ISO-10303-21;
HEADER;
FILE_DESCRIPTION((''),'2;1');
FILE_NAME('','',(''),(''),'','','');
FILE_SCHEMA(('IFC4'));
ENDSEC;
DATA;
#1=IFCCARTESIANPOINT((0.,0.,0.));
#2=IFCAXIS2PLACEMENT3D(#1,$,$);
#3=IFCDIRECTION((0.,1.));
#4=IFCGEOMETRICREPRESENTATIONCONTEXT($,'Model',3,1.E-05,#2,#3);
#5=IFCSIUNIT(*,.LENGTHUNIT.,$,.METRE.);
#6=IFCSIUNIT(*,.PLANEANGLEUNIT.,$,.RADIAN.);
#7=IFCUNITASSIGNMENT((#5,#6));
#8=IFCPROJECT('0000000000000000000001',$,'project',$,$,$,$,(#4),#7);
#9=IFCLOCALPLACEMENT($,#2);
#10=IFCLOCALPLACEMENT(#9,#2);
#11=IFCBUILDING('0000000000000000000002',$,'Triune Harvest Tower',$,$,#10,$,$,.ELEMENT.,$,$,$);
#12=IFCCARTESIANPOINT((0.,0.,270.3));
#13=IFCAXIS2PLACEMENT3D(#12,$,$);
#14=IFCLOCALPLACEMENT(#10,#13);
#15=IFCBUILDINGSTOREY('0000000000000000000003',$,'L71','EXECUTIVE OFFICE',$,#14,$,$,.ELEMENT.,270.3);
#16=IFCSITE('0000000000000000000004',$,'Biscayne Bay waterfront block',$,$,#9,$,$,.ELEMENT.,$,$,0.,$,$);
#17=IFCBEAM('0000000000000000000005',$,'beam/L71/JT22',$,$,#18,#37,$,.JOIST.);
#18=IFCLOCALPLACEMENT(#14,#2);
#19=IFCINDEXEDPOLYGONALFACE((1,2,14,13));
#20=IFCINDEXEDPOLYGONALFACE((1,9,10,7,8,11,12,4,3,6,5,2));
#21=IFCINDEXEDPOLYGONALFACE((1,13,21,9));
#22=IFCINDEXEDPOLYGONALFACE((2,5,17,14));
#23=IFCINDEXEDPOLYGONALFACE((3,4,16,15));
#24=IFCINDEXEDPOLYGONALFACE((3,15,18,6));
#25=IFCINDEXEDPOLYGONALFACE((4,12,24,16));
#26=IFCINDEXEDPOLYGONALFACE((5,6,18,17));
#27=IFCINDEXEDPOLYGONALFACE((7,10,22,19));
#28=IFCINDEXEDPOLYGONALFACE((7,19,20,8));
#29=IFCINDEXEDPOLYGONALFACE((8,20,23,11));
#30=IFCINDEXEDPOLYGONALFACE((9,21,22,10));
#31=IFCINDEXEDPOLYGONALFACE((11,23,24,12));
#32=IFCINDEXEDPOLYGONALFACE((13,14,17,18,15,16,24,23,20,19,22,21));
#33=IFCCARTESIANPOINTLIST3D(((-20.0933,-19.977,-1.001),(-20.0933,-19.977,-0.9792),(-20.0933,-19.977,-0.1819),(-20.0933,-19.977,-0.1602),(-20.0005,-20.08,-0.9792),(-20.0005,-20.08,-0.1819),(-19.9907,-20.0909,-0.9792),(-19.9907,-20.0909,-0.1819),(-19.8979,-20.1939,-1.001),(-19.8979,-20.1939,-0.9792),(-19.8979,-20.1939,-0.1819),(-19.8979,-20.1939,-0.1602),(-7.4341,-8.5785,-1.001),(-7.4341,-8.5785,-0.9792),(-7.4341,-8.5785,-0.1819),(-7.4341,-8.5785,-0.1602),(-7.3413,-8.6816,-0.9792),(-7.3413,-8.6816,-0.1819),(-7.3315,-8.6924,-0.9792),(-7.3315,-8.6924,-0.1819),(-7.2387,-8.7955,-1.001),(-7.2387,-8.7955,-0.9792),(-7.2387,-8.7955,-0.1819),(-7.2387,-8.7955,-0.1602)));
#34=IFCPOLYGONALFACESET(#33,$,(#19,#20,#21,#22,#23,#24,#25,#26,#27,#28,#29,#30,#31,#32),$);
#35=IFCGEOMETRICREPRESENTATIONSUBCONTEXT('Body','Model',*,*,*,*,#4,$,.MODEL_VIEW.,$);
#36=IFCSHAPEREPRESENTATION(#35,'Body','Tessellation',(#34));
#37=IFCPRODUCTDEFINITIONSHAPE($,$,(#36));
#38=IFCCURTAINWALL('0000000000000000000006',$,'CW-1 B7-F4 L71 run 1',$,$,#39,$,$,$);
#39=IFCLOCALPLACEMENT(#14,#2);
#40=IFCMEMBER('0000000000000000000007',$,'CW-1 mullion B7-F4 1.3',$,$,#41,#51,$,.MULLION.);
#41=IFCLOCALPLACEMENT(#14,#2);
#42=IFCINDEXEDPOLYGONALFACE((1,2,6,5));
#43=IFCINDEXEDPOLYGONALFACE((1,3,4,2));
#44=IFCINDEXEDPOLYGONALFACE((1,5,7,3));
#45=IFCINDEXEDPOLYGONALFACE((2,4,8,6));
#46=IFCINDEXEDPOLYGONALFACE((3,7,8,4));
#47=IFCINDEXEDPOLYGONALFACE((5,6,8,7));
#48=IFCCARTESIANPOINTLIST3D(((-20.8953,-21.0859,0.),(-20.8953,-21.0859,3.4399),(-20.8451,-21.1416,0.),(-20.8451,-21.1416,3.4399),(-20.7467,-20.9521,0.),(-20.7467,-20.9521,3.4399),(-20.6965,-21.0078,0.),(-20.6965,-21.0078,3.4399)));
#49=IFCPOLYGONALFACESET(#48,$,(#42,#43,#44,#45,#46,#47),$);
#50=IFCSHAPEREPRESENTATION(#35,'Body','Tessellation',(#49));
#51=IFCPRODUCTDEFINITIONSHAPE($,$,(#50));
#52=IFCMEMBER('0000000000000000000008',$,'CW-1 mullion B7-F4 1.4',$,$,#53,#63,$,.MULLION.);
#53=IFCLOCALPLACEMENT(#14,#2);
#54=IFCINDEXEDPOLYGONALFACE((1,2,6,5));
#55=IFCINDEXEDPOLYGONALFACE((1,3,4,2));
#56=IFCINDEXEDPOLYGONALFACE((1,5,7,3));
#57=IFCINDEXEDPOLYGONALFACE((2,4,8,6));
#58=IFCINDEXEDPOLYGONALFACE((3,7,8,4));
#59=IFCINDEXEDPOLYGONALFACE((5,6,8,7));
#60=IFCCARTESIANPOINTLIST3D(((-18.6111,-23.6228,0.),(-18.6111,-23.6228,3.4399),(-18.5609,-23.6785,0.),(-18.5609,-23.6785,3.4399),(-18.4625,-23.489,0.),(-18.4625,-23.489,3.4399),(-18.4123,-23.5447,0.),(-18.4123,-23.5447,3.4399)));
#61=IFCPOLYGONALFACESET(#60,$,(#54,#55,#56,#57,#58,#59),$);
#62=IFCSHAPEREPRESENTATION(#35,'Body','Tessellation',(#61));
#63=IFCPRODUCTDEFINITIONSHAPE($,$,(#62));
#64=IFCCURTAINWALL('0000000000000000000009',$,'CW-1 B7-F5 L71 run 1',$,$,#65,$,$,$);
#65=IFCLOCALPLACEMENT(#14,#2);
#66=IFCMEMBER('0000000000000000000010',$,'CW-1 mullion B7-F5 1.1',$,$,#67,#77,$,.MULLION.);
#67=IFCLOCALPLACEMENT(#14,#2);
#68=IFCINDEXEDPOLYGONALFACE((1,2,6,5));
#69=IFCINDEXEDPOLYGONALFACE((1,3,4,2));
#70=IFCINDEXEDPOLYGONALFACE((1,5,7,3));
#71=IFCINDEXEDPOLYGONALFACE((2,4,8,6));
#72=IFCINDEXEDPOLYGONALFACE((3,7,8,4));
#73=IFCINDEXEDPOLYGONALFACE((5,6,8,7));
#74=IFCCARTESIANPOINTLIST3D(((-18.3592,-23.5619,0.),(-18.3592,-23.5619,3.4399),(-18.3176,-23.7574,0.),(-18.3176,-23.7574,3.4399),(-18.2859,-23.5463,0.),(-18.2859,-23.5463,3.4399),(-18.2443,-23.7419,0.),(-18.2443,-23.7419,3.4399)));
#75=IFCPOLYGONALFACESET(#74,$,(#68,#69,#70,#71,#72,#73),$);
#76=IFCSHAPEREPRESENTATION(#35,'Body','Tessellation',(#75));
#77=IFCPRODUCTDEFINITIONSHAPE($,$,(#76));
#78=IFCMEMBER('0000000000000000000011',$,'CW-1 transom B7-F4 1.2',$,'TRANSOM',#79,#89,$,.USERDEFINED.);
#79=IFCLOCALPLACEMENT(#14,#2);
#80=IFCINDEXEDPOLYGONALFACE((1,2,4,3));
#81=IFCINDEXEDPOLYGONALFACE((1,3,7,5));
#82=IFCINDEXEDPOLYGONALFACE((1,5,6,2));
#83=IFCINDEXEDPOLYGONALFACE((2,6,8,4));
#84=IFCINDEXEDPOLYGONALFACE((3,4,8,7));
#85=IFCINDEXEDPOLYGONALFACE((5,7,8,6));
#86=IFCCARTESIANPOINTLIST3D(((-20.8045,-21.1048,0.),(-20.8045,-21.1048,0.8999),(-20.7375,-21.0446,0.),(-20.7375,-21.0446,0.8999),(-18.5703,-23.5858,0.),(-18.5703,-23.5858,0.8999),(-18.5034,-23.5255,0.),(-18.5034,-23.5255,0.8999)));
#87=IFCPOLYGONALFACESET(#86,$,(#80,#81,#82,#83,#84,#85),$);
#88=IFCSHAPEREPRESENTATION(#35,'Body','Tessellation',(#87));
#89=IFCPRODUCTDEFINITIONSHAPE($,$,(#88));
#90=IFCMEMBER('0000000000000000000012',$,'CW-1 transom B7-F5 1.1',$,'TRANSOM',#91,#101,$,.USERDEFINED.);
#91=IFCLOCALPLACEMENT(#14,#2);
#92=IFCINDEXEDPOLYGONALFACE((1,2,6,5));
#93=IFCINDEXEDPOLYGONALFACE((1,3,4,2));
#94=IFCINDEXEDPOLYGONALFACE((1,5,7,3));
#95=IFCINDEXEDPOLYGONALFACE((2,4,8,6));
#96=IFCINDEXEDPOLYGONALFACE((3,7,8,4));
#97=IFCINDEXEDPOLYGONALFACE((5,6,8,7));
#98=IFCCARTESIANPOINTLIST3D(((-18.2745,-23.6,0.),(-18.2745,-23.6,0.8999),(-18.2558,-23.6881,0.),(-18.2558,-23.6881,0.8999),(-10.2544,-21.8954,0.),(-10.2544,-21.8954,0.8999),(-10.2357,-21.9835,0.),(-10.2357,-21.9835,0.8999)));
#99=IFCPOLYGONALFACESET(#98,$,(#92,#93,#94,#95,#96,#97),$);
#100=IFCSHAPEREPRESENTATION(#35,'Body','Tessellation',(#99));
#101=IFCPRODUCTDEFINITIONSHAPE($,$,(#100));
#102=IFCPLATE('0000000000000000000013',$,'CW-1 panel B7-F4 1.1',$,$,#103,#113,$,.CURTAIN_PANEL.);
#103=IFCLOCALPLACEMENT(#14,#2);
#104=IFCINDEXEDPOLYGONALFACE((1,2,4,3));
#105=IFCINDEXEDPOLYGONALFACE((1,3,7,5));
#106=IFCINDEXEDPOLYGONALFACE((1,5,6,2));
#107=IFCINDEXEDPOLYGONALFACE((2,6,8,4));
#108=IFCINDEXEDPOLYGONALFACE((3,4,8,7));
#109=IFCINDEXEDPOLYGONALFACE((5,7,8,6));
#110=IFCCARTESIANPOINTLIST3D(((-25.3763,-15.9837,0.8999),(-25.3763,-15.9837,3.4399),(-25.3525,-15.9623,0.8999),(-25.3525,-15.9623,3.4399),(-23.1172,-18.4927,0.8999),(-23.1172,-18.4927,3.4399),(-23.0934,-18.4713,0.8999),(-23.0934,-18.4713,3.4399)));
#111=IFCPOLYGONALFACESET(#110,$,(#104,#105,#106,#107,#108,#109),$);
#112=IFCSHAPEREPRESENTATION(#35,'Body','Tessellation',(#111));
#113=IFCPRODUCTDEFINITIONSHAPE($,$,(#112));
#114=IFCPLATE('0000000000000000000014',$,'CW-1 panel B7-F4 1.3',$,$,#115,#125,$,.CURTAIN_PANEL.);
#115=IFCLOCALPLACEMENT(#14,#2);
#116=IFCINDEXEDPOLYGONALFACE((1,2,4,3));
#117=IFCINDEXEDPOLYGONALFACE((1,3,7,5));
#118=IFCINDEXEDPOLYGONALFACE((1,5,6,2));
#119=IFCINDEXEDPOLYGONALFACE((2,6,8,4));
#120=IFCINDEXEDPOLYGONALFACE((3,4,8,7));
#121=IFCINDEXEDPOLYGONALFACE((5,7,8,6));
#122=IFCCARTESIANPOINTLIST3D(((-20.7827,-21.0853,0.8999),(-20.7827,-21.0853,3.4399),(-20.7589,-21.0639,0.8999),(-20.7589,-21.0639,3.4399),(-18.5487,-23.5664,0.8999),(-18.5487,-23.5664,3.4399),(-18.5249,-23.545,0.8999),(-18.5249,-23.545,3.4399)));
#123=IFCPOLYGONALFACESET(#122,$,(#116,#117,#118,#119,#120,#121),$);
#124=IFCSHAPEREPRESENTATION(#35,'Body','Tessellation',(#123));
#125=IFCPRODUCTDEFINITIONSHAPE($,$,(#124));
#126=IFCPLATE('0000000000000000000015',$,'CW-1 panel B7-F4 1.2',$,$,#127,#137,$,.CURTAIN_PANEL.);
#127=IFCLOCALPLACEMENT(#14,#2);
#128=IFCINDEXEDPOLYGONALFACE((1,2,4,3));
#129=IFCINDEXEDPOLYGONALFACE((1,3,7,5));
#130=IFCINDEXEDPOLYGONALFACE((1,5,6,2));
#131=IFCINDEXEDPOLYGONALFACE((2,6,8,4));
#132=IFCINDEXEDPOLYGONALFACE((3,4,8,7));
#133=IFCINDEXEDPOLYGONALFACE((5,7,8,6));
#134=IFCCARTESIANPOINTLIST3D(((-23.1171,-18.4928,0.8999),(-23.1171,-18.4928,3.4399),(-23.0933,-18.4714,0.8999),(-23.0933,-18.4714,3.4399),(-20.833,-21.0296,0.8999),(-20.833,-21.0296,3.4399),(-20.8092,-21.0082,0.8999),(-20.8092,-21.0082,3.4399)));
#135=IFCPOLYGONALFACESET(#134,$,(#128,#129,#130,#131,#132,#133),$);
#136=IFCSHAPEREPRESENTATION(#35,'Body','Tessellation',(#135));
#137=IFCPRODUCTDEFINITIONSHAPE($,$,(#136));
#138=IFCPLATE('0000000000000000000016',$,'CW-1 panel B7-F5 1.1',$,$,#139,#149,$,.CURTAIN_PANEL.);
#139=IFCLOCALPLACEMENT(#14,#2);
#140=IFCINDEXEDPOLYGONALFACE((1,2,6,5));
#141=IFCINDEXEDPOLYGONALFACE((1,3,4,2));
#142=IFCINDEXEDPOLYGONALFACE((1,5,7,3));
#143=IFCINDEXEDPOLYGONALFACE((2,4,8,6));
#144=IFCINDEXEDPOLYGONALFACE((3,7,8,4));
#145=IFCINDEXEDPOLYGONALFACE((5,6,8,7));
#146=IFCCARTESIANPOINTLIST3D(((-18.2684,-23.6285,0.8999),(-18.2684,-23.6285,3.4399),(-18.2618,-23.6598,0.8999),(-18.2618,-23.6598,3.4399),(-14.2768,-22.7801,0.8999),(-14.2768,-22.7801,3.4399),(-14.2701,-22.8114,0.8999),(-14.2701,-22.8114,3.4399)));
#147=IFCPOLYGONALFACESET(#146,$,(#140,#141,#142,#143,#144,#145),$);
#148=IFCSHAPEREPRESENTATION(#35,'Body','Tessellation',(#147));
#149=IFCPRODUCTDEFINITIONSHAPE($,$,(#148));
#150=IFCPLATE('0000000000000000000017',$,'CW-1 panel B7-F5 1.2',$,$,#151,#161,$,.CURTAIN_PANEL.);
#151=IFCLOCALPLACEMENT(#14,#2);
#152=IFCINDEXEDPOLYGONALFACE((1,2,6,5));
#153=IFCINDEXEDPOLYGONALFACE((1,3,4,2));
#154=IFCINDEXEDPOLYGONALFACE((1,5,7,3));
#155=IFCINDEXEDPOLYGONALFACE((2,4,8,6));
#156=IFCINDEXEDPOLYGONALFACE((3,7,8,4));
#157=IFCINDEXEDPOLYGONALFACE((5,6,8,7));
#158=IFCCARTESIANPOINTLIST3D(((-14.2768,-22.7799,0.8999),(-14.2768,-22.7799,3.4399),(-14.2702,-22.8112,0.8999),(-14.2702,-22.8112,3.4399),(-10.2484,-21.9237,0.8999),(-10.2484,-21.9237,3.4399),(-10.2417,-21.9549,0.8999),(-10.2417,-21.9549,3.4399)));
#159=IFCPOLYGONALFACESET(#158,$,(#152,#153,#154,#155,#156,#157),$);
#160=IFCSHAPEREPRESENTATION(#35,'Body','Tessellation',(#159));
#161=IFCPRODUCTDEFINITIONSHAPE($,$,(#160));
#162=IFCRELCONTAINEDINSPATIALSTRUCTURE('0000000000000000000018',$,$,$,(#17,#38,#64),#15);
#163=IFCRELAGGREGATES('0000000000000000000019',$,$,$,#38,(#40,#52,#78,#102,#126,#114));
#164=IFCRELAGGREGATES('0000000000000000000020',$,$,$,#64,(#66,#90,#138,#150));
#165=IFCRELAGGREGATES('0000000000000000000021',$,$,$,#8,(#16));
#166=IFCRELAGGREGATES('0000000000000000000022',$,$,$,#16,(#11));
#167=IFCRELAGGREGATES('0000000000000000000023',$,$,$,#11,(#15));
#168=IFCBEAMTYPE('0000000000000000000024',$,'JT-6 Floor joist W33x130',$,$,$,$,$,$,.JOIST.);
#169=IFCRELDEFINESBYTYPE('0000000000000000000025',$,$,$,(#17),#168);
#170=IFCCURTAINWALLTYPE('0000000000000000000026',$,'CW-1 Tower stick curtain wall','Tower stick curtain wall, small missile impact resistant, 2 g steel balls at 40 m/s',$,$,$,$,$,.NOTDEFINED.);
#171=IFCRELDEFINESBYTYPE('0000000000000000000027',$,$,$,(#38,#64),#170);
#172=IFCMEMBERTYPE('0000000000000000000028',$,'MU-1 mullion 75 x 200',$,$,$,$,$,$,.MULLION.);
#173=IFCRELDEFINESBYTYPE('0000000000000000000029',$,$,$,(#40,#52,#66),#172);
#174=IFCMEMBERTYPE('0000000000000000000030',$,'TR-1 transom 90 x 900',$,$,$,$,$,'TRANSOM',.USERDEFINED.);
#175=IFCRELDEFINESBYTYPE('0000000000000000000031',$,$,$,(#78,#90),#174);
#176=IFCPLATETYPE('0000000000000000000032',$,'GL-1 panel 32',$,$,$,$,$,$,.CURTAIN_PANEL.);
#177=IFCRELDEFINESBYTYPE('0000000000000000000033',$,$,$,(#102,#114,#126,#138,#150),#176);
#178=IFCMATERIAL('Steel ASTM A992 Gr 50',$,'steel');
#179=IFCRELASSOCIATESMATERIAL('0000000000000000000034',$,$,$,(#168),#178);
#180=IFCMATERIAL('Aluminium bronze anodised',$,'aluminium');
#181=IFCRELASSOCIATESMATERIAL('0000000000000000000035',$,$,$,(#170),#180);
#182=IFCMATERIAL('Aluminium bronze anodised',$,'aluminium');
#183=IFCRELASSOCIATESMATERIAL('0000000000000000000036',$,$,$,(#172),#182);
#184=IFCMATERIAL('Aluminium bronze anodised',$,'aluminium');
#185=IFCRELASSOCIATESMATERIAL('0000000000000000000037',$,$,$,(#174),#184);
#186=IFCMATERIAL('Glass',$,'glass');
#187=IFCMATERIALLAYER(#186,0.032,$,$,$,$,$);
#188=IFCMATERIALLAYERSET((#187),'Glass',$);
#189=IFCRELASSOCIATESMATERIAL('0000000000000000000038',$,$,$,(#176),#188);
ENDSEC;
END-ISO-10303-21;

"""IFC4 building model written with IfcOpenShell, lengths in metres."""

from ifc_helpers import new_model, si_unit, direction, frame, origin, origin_2d, place, context, subcontext, project, spatial, rectangle, i_section, extrude, source, transform, mapped, material, layer, layer_set, material_profile, profile_set, type_object, element, aggregate, save


model = new_model("IFC4")

# Units and contexts
model_context = context("Model", 3, precision=1e-05, world=origin(), true_north=direction((0.0, 1.0)))
body_context = subcontext(model_context, "Body", "Model", "MODEL_VIEW")
ifc_project = project(units=[si_unit("LENGTHUNIT", "METRE"), si_unit("PLANEANGLEUNIT", "RADIAN")], contexts=[model_context])

# Site, building, storey
site_placement = place(None, origin())
site = spatial("IfcSite", under=ifc_project, at=site_placement, Name="Biscayne Bay waterfront block", CompositionType="ELEMENT", RefElevation=0.0)
building_placement = place(site_placement, origin())
building = spatial("IfcBuilding", under=site, at=building_placement, Name="Triune Harvest Tower", CompositionType="ELEMENT")
storey_placement = place(building_placement, frame((0.0, 0.0, 270.3)))
storey = spatial("IfcBuildingStorey", under=building, at=storey_placement, Name="L71", Description="EXECUTIVE OFFICE", CompositionType="ELEMENT", Elevation=270.3)

# Beam
ifc_material_1 = material(Name="Steel ASTM A992 Gr 50", Category="steel")
ifc_material_profile_1 = material_profile(ifc_material_1, i_section(OverallWidth=0.292, OverallDepth=0.8408, WebThickness=0.0146, FlangeThickness=0.0217, at=origin_2d()), Name="W33x130")
ifc_profile_set_1 = profile_set([ifc_material_profile_1], Name="Steel ASTM A992 Gr 50")
beam_type_1 = type_object("IfcBeamType", Name="JT-6 Floor joist W33x130", PredefinedType="JOIST", material=ifc_profile_set_1)
shared_shape_1 = source(origin(), body_context, "Body", "SweptSolid", [
    extrude(i_section(OverallWidth=0.292, OverallDepth=0.8408, WebThickness=0.0146, FlangeThickness=0.0217, at=origin_2d()), origin(), (0.0, 0.0, 1.0), 17.0347),
])
beam_1_placement = place(storey_placement, frame((-19.9956, -20.0854, -0.5806), z_axis=(0.743143, 0.669133, 0.0), x_axis=(-0.669133, 0.743143, 0.0)))
element("IfcBeam", 1, at=beam_1_placement, inside=storey, type_object=beam_type_1, Name="beam/L71/JT22", PredefinedType="JOIST", context=body_context, shape_type="MappedRepresentation", body=[
    mapped(shared_shape_1, transform((0.0, 0.0, 0.0), scale=1.0)),
])

# Curtain wall, members
ifc_material_2 = material(Name="Aluminium bronze anodised", Category="aluminium")
curtain_wall_type = type_object("IfcCurtainWallType", Name="CW-1 Tower stick curtain wall", Description="Tower stick curtain wall, small missile impact resistant, 2 g steel balls at 40 m/s", PredefinedType="NOTDEFINED", material=ifc_material_2)
curtain_wall_1_placement = place(storey_placement, origin())
curtain_wall_1 = element("IfcCurtainWall", 2, at=curtain_wall_1_placement, inside=storey, type_object=curtain_wall_type, Name="CW-1 B7-F4 L71 run 1")
ifc_material_3 = material(Name="Aluminium bronze anodised", Category="aluminium")
ifc_material_profile_2 = material_profile(ifc_material_3, rectangle(XDim=0.2, YDim=0.075, at=origin_2d()), Name="MU-1 mullion 75 x 200")
ifc_profile_set_2 = profile_set([ifc_material_profile_2], Name="Aluminium bronze anodised")
member_type_1 = type_object("IfcMemberType", Name="MU-1 mullion 75 x 200", PredefinedType="MULLION", material=ifc_profile_set_2)
shared_shape_2 = source(origin(), body_context, "Body", "SweptSolid", [
    extrude(rectangle(XDim=0.2, YDim=0.075, at=origin_2d()), origin(), (0.0, 0.0, 1.0), 3.4399),
])
member_1_placement = place(storey_placement, frame((-20.7959, -21.0469, 0.0), z_axis=(0.0, 0.0, 1.0), x_axis=(0.743144, 0.669132, 0.0)))
member_1 = element("IfcMember", 3, at=member_1_placement, type_object=member_type_1, Name="CW-1 mullion B7-F4 1.3", PredefinedType="MULLION", context=body_context, shape_type="MappedRepresentation", body=[
    mapped(shared_shape_2, transform((0.0, 0.0, 0.0), scale=1.0)),
])
member_2_placement = place(storey_placement, frame((-18.5117, -23.5837, 0.0), z_axis=(0.0, 0.0, 1.0), x_axis=(0.743144, 0.669132, 0.0)))
member_2 = element("IfcMember", 4, at=member_2_placement, type_object=member_type_1, Name="CW-1 mullion B7-F4 1.4", PredefinedType="MULLION", context=body_context, shape_type="MappedRepresentation", body=[
    mapped(shared_shape_2, transform((0.0, 0.0, 0.0), scale=1.0)),
])

# Curtain wall, member
curtain_wall_2_placement = place(storey_placement, origin())
curtain_wall_2 = element("IfcCurtainWall", 5, at=curtain_wall_2_placement, inside=storey, type_object=curtain_wall_type, Name="CW-1 B7-F5 L71 run 1")
member_3_placement = place(storey_placement, frame((-18.3018, -23.6519, 0.0), z_axis=(0.0, 0.0, 1.0), x_axis=(-0.207909, 0.978148, 0.0)))
member_3 = element("IfcMember", 6, at=member_3_placement, type_object=member_type_1, Name="CW-1 mullion B7-F5 1.1", PredefinedType="MULLION", context=body_context, shape_type="MappedRepresentation", body=[
    mapped(shared_shape_2, transform((0.0, 0.0, 0.0), scale=1.0)),
])

# Members
ifc_material_4 = material(Name="Aluminium bronze anodised", Category="aluminium")
ifc_material_profile_3 = material_profile(ifc_material_4, rectangle(XDim=0.0901, YDim=0.8999, at=origin_2d()), Name="TR-1 transom 90 x 900")
ifc_profile_set_3 = profile_set([ifc_material_profile_3], Name="Aluminium bronze anodised")
member_type_2 = type_object("IfcMemberType", Name="TR-1 transom 90 x 900", ElementType="TRANSOM", PredefinedType="USERDEFINED", material=ifc_profile_set_3)
shared_shape_3 = source(origin(), body_context, "Body", "SweptSolid", [
    extrude(rectangle(XDim=0.0901, YDim=0.8999, at=origin_2d()), origin(), (0.0, 0.0, 1.0), 3.3386),
])
member_4_placement = place(storey_placement, frame((-20.771, -21.0747, 0.45), z_axis=(0.669175, -0.743105, 0.0), x_axis=(0.743105, 0.669175, 0.0)))
member_4 = element("IfcMember", 7, at=member_4_placement, type_object=member_type_2, Name="CW-1 transom B7-F4 1.2", ObjectType="TRANSOM", PredefinedType="USERDEFINED", context=body_context, shape_type="MappedRepresentation", body=[
    mapped(shared_shape_3, transform((0.0, 0.0, 0.0), scale=1.0)),
])
shared_shape_4 = source(origin(), body_context, "Body", "SweptSolid", [
    extrude(rectangle(XDim=0.0901, YDim=0.8999, at=origin_2d()), origin(), (0.0, 0.0, 1.0), 8.1992),
])
member_5_placement = place(storey_placement, frame((-18.2651, -23.644, 0.45), z_axis=(0.978151, 0.207898, 0.0), x_axis=(-0.207898, 0.978151, 0.0)))
member_5 = element("IfcMember", 8, at=member_5_placement, type_object=member_type_2, Name="CW-1 transom B7-F5 1.1", ObjectType="TRANSOM", PredefinedType="USERDEFINED", context=body_context, shape_type="MappedRepresentation", body=[
    mapped(shared_shape_4, transform((0.0, 0.0, 0.0), scale=1.0)),
])

# Plates
ifc_material_5 = material(Name="Glass", Category="glass")
ifc_layer = layer(ifc_material_5, 0.032)
ifc_layer_set = layer_set([ifc_layer], Name="Glass")
plate_type = type_object("IfcPlateType", Name="GL-1 panel 32", PredefinedType="CURTAIN_PANEL", material=ifc_layer_set)
shared_shape_5 = source(origin(), body_context, "Body", "SweptSolid", [
    extrude(rectangle(XDim=3.3762, YDim=0.032, at=origin_2d()), origin(), (0.0, 0.0, 1.0), 2.54),
])
plate_1_placement = place(storey_placement, frame((-24.2349, -17.2275, 0.8999), z_axis=(0.0, 0.0, 1.0), x_axis=(0.669132, -0.743144, 0.0)))
plate_1 = element("IfcPlate", 9, at=plate_1_placement, type_object=plate_type, Name="CW-1 panel B7-F4 1.1", PredefinedType="CURTAIN_PANEL", context=body_context, shape_type="MappedRepresentation", body=[
    mapped(shared_shape_5, transform((0.0, 0.0, 0.0), scale=1.0)),
])
shared_shape_6 = source(origin(), body_context, "Body", "SweptSolid", [
    extrude(rectangle(XDim=3.3386, YDim=0.032, at=origin_2d()), origin(), (0.0, 0.0, 1.0), 2.54),
])
plate_2_placement = place(storey_placement, frame((-19.6538, -22.3152, 0.8999), z_axis=(0.0, 0.0, 1.0), x_axis=(0.669132, -0.743144, 0.0)))
plate_2 = element("IfcPlate", 10, at=plate_2_placement, type_object=plate_type, Name="CW-1 panel B7-F4 1.3", PredefinedType="CURTAIN_PANEL", context=body_context, shape_type="MappedRepresentation", body=[
    mapped(shared_shape_6, transform((0.0, 0.0, 0.0), scale=1.0)),
])
shared_shape_7 = source(origin(), body_context, "Body", "SweptSolid", [
    extrude(rectangle(XDim=3.4136, YDim=0.032, at=origin_2d()), origin(), (0.0, 0.0, 1.0), 2.54),
])
plate_3_placement = place(storey_placement, frame((-21.9631, -19.7505, 0.8999), z_axis=(0.0, 0.0, 1.0), x_axis=(0.669132, -0.743144, 0.0)))
plate_3 = element("IfcPlate", 11, at=plate_3_placement, type_object=plate_type, Name="CW-1 panel B7-F4 1.2", PredefinedType="CURTAIN_PANEL", context=body_context, shape_type="MappedRepresentation", body=[
    mapped(shared_shape_7, transform((0.0, 0.0, 0.0), scale=1.0)),
])
aggregate(curtain_wall_1, [member_1, member_2, member_4, plate_1, plate_3, plate_2])
shared_shape_8 = source(origin(), body_context, "Body", "SweptSolid", [
    extrude(rectangle(XDim=4.0808, YDim=0.032, at=origin_2d()), origin(), (0.0, 0.0, 1.0), 2.54),
])
plate_4_placement = place(storey_placement, frame((-16.2693, -23.22, 0.8999), z_axis=(0.0, 0.0, 1.0), x_axis=(0.978148, 0.207909, 0.0)))
plate_4 = element("IfcPlate", 12, at=plate_4_placement, type_object=plate_type, Name="CW-1 panel B7-F5 1.1", PredefinedType="CURTAIN_PANEL", context=body_context, shape_type="MappedRepresentation", body=[
    mapped(shared_shape_8, transform((0.0, 0.0, 0.0), scale=1.0)),
])
shared_shape_9 = source(origin(), body_context, "Body", "SweptSolid", [
    extrude(rectangle(XDim=4.1184, YDim=0.032, at=origin_2d()), origin(), (0.0, 0.0, 1.0), 2.54),
])
plate_5_placement = place(storey_placement, frame((-12.2593, -22.3674, 0.8999), z_axis=(0.0, 0.0, 1.0), x_axis=(0.978148, 0.207909, 0.0)))
plate_5 = element("IfcPlate", 13, at=plate_5_placement, type_object=plate_type, Name="CW-1 panel B7-F5 1.2", PredefinedType="CURTAIN_PANEL", context=body_context, shape_type="MappedRepresentation", body=[
    mapped(shared_shape_9, transform((0.0, 0.0, 0.0), scale=1.0)),
])
aggregate(curtain_wall_2, [member_3, member_5, plate_4, plate_5])

save(model, "model.ifc")
